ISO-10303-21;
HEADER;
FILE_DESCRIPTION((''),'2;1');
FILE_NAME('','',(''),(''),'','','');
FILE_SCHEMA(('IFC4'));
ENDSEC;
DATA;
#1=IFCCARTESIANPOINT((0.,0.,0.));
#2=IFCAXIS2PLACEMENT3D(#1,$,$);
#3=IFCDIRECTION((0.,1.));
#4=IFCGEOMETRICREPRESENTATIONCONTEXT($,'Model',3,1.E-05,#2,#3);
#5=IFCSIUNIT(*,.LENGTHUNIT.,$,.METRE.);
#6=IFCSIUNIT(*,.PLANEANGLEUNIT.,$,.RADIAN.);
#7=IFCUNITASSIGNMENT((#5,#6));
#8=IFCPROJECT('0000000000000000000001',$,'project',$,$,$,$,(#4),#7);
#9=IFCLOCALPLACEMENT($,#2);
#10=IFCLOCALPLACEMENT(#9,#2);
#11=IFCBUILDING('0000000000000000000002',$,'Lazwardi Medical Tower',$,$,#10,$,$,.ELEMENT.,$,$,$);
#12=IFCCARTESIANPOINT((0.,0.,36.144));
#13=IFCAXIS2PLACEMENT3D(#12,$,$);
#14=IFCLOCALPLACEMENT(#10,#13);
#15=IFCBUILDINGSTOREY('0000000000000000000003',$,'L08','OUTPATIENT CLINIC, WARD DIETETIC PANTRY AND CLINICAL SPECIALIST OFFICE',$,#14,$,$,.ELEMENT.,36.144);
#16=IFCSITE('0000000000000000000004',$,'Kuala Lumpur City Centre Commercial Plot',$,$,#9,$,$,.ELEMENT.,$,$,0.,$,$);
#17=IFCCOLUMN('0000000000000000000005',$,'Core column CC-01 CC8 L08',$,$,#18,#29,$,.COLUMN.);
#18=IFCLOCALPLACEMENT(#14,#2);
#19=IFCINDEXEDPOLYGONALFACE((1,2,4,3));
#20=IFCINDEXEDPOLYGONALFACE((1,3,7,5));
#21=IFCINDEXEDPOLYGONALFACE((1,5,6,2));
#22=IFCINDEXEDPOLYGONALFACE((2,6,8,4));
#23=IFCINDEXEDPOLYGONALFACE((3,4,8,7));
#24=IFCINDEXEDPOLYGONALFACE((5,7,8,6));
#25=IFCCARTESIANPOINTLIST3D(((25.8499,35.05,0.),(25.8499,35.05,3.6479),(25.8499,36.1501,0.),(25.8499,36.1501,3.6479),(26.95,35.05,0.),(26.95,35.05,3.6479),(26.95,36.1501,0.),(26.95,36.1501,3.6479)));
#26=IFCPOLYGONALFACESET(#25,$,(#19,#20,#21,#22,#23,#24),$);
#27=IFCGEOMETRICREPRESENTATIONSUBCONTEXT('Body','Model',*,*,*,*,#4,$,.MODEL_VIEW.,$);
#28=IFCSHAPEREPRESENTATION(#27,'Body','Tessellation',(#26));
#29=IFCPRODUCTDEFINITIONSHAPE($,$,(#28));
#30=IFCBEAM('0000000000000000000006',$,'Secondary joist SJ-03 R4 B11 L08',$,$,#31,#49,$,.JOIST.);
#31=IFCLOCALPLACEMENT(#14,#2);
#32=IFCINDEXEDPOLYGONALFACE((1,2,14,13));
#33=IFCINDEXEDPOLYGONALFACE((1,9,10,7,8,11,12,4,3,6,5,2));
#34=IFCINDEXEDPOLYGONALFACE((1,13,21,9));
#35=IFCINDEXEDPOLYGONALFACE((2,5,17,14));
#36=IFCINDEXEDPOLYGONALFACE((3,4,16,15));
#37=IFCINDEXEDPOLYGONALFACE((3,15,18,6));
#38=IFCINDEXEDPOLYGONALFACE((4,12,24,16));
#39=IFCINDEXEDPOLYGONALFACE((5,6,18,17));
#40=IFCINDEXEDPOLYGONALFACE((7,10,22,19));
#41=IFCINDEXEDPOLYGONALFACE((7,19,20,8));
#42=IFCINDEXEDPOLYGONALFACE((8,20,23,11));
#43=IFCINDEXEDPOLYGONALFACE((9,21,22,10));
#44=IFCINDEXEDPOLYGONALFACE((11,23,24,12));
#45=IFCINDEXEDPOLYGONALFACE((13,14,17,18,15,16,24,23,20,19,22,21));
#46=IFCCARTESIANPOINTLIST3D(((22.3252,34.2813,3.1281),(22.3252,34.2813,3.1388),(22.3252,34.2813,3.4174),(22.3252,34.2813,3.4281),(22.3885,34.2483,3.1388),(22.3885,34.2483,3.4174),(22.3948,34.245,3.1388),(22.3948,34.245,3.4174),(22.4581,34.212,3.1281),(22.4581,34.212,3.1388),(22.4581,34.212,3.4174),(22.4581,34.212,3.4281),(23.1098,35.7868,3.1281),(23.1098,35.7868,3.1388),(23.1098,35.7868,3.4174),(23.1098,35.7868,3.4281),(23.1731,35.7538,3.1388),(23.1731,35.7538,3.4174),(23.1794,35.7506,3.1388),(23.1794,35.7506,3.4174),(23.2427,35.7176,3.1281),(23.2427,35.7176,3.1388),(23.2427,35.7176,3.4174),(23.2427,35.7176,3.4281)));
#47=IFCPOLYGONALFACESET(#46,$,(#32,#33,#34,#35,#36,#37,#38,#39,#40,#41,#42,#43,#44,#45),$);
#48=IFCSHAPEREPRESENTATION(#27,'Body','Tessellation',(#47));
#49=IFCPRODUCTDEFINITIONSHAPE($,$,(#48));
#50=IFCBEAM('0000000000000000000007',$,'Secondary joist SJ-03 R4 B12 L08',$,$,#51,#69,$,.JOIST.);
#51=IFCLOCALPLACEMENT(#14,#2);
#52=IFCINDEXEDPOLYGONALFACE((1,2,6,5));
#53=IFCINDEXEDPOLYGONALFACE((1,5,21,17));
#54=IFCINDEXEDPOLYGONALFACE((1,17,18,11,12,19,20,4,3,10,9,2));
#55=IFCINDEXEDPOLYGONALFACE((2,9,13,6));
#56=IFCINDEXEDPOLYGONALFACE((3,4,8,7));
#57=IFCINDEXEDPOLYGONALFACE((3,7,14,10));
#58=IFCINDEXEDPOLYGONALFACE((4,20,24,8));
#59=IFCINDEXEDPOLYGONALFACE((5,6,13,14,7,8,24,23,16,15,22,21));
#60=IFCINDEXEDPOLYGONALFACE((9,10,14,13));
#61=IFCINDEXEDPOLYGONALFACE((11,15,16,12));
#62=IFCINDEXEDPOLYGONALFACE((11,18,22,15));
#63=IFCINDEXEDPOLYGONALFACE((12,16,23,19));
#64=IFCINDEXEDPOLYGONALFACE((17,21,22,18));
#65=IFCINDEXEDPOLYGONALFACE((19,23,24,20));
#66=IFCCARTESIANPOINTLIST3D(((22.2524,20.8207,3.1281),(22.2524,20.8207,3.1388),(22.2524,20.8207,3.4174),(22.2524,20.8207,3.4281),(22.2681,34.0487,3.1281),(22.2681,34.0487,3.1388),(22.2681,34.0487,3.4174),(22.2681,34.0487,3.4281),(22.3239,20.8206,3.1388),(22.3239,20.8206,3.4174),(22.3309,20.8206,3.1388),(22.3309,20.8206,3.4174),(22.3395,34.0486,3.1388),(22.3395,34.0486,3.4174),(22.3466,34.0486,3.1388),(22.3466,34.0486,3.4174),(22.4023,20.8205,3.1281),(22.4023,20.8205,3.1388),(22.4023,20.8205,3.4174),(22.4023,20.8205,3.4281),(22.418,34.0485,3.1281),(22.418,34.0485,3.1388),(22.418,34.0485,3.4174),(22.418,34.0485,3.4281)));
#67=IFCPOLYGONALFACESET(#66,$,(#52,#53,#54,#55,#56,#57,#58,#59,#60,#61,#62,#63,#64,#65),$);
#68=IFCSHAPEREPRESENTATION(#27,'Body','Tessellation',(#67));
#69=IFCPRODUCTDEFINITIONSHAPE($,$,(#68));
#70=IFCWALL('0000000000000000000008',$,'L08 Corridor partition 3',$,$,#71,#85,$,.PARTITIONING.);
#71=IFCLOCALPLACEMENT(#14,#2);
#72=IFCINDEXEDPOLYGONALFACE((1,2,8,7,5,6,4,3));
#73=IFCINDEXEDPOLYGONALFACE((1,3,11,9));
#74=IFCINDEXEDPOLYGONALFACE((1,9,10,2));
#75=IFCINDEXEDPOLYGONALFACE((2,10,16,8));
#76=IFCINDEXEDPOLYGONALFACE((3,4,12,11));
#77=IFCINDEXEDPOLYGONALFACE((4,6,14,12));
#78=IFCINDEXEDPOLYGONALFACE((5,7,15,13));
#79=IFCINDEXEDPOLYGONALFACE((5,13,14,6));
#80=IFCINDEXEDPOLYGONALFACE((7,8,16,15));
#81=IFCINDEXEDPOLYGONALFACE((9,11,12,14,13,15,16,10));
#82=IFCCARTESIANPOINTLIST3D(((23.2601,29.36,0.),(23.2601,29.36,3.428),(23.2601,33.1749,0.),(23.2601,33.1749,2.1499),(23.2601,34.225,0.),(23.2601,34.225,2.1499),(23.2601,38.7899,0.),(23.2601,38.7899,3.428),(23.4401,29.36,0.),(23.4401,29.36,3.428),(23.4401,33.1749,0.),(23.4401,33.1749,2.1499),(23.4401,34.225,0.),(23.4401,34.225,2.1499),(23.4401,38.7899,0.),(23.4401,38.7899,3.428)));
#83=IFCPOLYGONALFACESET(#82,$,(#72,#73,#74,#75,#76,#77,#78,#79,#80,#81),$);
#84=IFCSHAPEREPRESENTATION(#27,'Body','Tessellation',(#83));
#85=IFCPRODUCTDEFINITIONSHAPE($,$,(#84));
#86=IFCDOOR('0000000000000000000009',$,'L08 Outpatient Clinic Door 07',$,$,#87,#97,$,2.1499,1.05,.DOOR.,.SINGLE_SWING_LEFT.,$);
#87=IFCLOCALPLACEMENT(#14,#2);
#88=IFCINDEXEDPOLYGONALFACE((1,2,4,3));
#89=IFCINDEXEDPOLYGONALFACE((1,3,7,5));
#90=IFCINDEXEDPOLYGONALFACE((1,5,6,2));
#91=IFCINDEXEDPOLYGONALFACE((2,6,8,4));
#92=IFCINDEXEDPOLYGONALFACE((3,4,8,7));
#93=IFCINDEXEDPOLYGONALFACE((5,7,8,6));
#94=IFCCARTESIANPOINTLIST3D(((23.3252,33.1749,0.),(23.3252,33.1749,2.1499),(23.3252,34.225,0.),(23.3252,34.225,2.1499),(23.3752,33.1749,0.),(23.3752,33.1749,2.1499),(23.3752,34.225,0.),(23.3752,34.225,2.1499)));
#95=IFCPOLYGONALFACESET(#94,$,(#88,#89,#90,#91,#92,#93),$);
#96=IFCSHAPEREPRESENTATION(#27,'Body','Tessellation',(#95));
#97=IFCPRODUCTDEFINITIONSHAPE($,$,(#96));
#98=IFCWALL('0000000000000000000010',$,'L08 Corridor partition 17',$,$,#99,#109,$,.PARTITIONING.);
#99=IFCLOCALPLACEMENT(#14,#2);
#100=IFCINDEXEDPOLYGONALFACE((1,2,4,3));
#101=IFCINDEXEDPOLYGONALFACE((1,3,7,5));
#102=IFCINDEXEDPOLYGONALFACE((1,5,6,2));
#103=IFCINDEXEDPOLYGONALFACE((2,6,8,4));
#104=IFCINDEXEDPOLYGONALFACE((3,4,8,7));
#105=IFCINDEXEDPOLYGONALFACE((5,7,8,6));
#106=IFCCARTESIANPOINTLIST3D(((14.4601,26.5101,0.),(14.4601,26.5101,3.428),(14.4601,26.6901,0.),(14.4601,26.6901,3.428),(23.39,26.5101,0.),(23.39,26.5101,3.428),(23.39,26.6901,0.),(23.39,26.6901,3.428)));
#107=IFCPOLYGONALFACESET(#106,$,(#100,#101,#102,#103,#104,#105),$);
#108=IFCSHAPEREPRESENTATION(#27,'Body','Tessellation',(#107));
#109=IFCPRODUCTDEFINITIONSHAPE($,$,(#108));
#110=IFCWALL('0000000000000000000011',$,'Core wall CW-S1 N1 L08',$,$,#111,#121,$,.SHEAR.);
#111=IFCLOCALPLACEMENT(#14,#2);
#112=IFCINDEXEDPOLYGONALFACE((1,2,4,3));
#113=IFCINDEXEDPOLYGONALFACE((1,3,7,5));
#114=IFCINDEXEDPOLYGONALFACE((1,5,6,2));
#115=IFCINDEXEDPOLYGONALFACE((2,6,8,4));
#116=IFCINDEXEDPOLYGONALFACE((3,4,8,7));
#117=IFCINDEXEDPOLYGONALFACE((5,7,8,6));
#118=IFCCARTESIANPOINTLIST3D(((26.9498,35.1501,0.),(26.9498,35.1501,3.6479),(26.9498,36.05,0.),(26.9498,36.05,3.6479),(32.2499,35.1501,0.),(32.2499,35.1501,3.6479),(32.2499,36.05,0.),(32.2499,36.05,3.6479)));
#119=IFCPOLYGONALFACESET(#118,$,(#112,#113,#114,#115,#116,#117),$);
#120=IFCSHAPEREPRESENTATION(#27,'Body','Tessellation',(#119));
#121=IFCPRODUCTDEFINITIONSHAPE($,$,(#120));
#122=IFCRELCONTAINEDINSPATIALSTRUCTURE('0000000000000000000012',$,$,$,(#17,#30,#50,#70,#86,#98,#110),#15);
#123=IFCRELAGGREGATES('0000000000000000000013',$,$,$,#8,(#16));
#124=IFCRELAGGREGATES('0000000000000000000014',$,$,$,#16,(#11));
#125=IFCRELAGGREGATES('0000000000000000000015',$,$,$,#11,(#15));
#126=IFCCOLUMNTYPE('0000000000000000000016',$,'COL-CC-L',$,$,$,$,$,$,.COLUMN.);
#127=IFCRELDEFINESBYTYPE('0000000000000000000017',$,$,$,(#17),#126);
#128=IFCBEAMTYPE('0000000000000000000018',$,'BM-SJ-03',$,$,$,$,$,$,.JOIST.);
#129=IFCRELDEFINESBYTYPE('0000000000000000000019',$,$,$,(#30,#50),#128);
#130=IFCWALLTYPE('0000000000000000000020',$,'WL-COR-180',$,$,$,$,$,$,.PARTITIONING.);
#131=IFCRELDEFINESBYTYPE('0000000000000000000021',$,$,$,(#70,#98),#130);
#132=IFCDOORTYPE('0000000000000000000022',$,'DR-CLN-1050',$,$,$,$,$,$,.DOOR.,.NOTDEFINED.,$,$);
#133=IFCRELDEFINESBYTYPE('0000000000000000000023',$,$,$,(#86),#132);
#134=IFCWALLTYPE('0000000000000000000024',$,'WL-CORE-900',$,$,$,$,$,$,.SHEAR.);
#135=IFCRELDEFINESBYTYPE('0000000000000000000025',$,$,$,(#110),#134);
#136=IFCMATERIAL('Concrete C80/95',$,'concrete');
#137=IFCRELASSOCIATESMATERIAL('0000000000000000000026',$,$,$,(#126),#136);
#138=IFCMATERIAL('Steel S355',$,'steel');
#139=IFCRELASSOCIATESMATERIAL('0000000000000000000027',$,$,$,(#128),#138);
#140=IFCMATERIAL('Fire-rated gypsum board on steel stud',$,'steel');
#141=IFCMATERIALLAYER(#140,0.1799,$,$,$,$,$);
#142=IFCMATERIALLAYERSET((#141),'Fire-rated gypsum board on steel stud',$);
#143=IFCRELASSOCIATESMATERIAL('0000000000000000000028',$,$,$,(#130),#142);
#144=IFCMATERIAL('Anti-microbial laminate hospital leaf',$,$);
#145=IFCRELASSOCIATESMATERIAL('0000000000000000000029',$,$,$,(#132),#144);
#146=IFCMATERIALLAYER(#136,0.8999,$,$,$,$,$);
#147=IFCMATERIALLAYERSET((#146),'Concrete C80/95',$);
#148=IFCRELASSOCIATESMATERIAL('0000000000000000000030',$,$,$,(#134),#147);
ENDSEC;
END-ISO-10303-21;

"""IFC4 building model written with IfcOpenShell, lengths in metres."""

from ifc_helpers import new_model, si_unit, direction, frame, frame_2d, origin, origin_2d, place, context, subcontext, project, spatial, rectangle, i_section, extrude, material, layer, layer_set, material_profile, profile_set, type_object, element, fill, save


model = new_model("IFC4")

# Units and contexts
model_context = context("Model", 3, precision=1e-05, world=origin(), true_north=direction((0.0, 1.0)))
body_context = subcontext(model_context, "Body", "Model", "MODEL_VIEW")
ifc_project = project(units=[si_unit("LENGTHUNIT", "METRE"), si_unit("PLANEANGLEUNIT", "RADIAN")], contexts=[model_context])

# Site, building, storey
site_placement = place(None, origin())
site = spatial("IfcSite", under=ifc_project, at=site_placement, Name="Kuala Lumpur City Centre Commercial Plot", CompositionType="ELEMENT", RefElevation=0.0)
building_placement = place(site_placement, origin())
building = spatial("IfcBuilding", under=site, at=building_placement, Name="Lazwardi Medical Tower", CompositionType="ELEMENT")
storey_placement = place(building_placement, frame((0.0, 0.0, 36.144)))
storey = spatial("IfcBuildingStorey", under=building, at=storey_placement, Name="L08", Description="OUTPATIENT CLINIC, WARD DIETETIC PANTRY AND CLINICAL SPECIALIST OFFICE", CompositionType="ELEMENT", Elevation=36.144)

# Column
ifc_material_1 = material(Name="Concrete C80/95", Category="concrete")
ifc_material_profile_1 = material_profile(ifc_material_1, rectangle(XDim=1.1001, YDim=1.1001, at=origin_2d()), Name="RC 1100x1100")
ifc_profile_set_1 = profile_set([ifc_material_profile_1], Name="Concrete C80/95")
column_type = type_object("IfcColumnType", Name="COL-CC-L", PredefinedType="COLUMN", material=ifc_profile_set_1)
column_placement = place(storey_placement, frame((26.3999, 35.6001, 0.0), z_axis=(0.0, 0.0, 1.0), x_axis=(1.0, 0.0, 0.0)))
element("IfcColumn", 1, at=column_placement, inside=storey, type_object=column_type, Name="Core column CC-01 CC8 L08", PredefinedType="COLUMN", context=body_context, shape_type="SweptSolid", body=[
    extrude(rectangle(XDim=1.1001, YDim=1.1001, at=origin_2d()), origin(), (0.0, 0.0, 1.0), 3.6479),
])

# Beams
ifc_material_2 = material(Name="Steel S355", Category="steel")
ifc_material_profile_2 = material_profile(ifc_material_2, i_section(OverallWidth=0.1499, OverallDepth=0.3, WebThickness=0.0071, FlangeThickness=0.0107, at=origin_2d()), Name="IPE 300")
ifc_profile_set_2 = profile_set([ifc_material_profile_2], Name="Steel S355")
beam_type = type_object("IfcBeamType", Name="BM-SJ-03", PredefinedType="JOIST", material=ifc_profile_set_2)
beam_1_placement = place(storey_placement, frame((23.1763, 35.7522, 3.2781), z_axis=(-0.462163, -0.886795, 0.0), x_axis=(0.886795, -0.462163, 0.0)))
element("IfcBeam", 2, at=beam_1_placement, inside=storey, type_object=beam_type, Name="Secondary joist SJ-03 R4 B11 L08", PredefinedType="JOIST", context=body_context, shape_type="SweptSolid", body=[
    extrude(i_section(OverallWidth=0.1499, OverallDepth=0.3, WebThickness=0.0071, FlangeThickness=0.0107, at=origin_2d()), origin(), (0.0, 0.0, 1.0), 1.6978),
])
beam_2_placement = place(storey_placement, frame((22.343, 34.0486, 3.2781), z_axis=(-0.001181, -0.999999, 0.0), x_axis=(0.999999, -0.001181, 0.0)))
element("IfcBeam", 3, at=beam_2_placement, inside=storey, type_object=beam_type, Name="Secondary joist SJ-03 R4 B12 L08", PredefinedType="JOIST", context=body_context, shape_type="SweptSolid", body=[
    extrude(i_section(OverallWidth=0.1499, OverallDepth=0.3, WebThickness=0.0071, FlangeThickness=0.0107, at=origin_2d()), origin(), (0.0, 0.0, 1.0), 13.228),
])

# Wall, opening, door
ifc_material_3 = material(Name="Fire-rated gypsum board on steel stud", Category="steel")
ifc_layer_1 = layer(ifc_material_3, 0.1799)
ifc_layer_set_1 = layer_set([ifc_layer_1], Name="Fire-rated gypsum board on steel stud")
wall_type_1 = type_object("IfcWallType", Name="WL-COR-180", PredefinedType="PARTITIONING", material=ifc_layer_set_1)
wall_1_placement = place(storey_placement, frame((23.3501, 29.3601, 0.0), z_axis=(0.0, 0.0, 1.0), x_axis=(0.0, 1.0, 0.0)))
wall_1 = element("IfcWall", 4, at=wall_1_placement, inside=storey, type_object=wall_type_1, Name="L08 Corridor partition 3", PredefinedType="PARTITIONING", context=body_context, shape_type="SweptSolid", body=[
    extrude(rectangle(XDim=9.4299, YDim=0.1799, at=frame_2d((4.7148, 0.0))), origin(), (0.0, 0.0, 1.0), 3.428),
])
opening_1_placement = place(wall_1_placement, frame((3.8149, 0.0, 0.0)))
opening_1 = element("IfcOpeningElement", 5, at=opening_1_placement, cuts=wall_1, PredefinedType="OPENING", context=body_context, shape_type="SweptSolid", body=[
    extrude(rectangle(XDim=1.05, YDim=2.1499, at=frame_2d((0.5249, 1.075))), frame((0.0, 0.0999, 0.0), z_axis=(0.0, -1.0, 0.0), x_axis=(1.0, 0.0, 0.0)), (0.0, 0.0, 1.0), 0.2),
])
ifc_material_4 = material(Name="Anti-microbial laminate hospital leaf")
door_type_1 = type_object("IfcDoorType", Name="DR-CLN-1050", OperationType="NOTDEFINED", PredefinedType="DOOR", material=ifc_material_4)
door_1_placement = place(opening_1_placement, origin())
door_1 = element("IfcDoor", 6, at=door_1_placement, inside=storey, type_object=door_type_1, Name="L08 Outpatient Clinic Door 07", OperationType="SINGLE_SWING_LEFT", OverallHeight=2.1499, OverallWidth=1.05, PredefinedType="DOOR", context=body_context, shape_type="SweptSolid", body=[
    extrude(rectangle(XDim=1.05, YDim=2.1499, at=frame_2d((0.5249, 1.075))), frame((0.0, 0.0249, 0.0), z_axis=(0.0, -1.0, 0.0), x_axis=(1.0, 0.0, 0.0)), (0.0, 0.0, 1.0), 0.05),
])
fill(opening_1, door_1)

# Walls
wall_2_placement = place(storey_placement, frame((23.3899, 26.6001, 0.0), z_axis=(0.0, 0.0, 1.0), x_axis=(-1.0, 0.0, 0.0)))
element("IfcWall", 7, at=wall_2_placement, inside=storey, type_object=wall_type_1, Name="L08 Corridor partition 17", PredefinedType="PARTITIONING", context=body_context, shape_type="SweptSolid", body=[
    extrude(rectangle(XDim=8.9299, YDim=0.1799, at=frame_2d((4.4648, 0.0))), origin(), (0.0, 0.0, 1.0), 3.428),
])
ifc_layer_2 = layer(ifc_material_1, 0.8999)
ifc_layer_set_2 = layer_set([ifc_layer_2], Name="Concrete C80/95")
wall_type_2 = type_object("IfcWallType", Name="WL-CORE-900", PredefinedType="SHEAR", material=ifc_layer_set_2)
wall_3_placement = place(storey_placement, frame((26.95, 35.6001, 0.0), z_axis=(0.0, 0.0, 1.0), x_axis=(1.0, 0.0, 0.0)))
element("IfcWall", 8, at=wall_3_placement, inside=storey, type_object=wall_type_2, Name="Core wall CW-S1 N1 L08", PredefinedType="SHEAR", context=body_context, shape_type="SweptSolid", body=[
    extrude(rectangle(XDim=5.3, YDim=0.8999, at=frame_2d((2.6499, 0.0))), origin(), (0.0, 0.0, 1.0), 3.6479),
])

save(model, "model.ifc")
